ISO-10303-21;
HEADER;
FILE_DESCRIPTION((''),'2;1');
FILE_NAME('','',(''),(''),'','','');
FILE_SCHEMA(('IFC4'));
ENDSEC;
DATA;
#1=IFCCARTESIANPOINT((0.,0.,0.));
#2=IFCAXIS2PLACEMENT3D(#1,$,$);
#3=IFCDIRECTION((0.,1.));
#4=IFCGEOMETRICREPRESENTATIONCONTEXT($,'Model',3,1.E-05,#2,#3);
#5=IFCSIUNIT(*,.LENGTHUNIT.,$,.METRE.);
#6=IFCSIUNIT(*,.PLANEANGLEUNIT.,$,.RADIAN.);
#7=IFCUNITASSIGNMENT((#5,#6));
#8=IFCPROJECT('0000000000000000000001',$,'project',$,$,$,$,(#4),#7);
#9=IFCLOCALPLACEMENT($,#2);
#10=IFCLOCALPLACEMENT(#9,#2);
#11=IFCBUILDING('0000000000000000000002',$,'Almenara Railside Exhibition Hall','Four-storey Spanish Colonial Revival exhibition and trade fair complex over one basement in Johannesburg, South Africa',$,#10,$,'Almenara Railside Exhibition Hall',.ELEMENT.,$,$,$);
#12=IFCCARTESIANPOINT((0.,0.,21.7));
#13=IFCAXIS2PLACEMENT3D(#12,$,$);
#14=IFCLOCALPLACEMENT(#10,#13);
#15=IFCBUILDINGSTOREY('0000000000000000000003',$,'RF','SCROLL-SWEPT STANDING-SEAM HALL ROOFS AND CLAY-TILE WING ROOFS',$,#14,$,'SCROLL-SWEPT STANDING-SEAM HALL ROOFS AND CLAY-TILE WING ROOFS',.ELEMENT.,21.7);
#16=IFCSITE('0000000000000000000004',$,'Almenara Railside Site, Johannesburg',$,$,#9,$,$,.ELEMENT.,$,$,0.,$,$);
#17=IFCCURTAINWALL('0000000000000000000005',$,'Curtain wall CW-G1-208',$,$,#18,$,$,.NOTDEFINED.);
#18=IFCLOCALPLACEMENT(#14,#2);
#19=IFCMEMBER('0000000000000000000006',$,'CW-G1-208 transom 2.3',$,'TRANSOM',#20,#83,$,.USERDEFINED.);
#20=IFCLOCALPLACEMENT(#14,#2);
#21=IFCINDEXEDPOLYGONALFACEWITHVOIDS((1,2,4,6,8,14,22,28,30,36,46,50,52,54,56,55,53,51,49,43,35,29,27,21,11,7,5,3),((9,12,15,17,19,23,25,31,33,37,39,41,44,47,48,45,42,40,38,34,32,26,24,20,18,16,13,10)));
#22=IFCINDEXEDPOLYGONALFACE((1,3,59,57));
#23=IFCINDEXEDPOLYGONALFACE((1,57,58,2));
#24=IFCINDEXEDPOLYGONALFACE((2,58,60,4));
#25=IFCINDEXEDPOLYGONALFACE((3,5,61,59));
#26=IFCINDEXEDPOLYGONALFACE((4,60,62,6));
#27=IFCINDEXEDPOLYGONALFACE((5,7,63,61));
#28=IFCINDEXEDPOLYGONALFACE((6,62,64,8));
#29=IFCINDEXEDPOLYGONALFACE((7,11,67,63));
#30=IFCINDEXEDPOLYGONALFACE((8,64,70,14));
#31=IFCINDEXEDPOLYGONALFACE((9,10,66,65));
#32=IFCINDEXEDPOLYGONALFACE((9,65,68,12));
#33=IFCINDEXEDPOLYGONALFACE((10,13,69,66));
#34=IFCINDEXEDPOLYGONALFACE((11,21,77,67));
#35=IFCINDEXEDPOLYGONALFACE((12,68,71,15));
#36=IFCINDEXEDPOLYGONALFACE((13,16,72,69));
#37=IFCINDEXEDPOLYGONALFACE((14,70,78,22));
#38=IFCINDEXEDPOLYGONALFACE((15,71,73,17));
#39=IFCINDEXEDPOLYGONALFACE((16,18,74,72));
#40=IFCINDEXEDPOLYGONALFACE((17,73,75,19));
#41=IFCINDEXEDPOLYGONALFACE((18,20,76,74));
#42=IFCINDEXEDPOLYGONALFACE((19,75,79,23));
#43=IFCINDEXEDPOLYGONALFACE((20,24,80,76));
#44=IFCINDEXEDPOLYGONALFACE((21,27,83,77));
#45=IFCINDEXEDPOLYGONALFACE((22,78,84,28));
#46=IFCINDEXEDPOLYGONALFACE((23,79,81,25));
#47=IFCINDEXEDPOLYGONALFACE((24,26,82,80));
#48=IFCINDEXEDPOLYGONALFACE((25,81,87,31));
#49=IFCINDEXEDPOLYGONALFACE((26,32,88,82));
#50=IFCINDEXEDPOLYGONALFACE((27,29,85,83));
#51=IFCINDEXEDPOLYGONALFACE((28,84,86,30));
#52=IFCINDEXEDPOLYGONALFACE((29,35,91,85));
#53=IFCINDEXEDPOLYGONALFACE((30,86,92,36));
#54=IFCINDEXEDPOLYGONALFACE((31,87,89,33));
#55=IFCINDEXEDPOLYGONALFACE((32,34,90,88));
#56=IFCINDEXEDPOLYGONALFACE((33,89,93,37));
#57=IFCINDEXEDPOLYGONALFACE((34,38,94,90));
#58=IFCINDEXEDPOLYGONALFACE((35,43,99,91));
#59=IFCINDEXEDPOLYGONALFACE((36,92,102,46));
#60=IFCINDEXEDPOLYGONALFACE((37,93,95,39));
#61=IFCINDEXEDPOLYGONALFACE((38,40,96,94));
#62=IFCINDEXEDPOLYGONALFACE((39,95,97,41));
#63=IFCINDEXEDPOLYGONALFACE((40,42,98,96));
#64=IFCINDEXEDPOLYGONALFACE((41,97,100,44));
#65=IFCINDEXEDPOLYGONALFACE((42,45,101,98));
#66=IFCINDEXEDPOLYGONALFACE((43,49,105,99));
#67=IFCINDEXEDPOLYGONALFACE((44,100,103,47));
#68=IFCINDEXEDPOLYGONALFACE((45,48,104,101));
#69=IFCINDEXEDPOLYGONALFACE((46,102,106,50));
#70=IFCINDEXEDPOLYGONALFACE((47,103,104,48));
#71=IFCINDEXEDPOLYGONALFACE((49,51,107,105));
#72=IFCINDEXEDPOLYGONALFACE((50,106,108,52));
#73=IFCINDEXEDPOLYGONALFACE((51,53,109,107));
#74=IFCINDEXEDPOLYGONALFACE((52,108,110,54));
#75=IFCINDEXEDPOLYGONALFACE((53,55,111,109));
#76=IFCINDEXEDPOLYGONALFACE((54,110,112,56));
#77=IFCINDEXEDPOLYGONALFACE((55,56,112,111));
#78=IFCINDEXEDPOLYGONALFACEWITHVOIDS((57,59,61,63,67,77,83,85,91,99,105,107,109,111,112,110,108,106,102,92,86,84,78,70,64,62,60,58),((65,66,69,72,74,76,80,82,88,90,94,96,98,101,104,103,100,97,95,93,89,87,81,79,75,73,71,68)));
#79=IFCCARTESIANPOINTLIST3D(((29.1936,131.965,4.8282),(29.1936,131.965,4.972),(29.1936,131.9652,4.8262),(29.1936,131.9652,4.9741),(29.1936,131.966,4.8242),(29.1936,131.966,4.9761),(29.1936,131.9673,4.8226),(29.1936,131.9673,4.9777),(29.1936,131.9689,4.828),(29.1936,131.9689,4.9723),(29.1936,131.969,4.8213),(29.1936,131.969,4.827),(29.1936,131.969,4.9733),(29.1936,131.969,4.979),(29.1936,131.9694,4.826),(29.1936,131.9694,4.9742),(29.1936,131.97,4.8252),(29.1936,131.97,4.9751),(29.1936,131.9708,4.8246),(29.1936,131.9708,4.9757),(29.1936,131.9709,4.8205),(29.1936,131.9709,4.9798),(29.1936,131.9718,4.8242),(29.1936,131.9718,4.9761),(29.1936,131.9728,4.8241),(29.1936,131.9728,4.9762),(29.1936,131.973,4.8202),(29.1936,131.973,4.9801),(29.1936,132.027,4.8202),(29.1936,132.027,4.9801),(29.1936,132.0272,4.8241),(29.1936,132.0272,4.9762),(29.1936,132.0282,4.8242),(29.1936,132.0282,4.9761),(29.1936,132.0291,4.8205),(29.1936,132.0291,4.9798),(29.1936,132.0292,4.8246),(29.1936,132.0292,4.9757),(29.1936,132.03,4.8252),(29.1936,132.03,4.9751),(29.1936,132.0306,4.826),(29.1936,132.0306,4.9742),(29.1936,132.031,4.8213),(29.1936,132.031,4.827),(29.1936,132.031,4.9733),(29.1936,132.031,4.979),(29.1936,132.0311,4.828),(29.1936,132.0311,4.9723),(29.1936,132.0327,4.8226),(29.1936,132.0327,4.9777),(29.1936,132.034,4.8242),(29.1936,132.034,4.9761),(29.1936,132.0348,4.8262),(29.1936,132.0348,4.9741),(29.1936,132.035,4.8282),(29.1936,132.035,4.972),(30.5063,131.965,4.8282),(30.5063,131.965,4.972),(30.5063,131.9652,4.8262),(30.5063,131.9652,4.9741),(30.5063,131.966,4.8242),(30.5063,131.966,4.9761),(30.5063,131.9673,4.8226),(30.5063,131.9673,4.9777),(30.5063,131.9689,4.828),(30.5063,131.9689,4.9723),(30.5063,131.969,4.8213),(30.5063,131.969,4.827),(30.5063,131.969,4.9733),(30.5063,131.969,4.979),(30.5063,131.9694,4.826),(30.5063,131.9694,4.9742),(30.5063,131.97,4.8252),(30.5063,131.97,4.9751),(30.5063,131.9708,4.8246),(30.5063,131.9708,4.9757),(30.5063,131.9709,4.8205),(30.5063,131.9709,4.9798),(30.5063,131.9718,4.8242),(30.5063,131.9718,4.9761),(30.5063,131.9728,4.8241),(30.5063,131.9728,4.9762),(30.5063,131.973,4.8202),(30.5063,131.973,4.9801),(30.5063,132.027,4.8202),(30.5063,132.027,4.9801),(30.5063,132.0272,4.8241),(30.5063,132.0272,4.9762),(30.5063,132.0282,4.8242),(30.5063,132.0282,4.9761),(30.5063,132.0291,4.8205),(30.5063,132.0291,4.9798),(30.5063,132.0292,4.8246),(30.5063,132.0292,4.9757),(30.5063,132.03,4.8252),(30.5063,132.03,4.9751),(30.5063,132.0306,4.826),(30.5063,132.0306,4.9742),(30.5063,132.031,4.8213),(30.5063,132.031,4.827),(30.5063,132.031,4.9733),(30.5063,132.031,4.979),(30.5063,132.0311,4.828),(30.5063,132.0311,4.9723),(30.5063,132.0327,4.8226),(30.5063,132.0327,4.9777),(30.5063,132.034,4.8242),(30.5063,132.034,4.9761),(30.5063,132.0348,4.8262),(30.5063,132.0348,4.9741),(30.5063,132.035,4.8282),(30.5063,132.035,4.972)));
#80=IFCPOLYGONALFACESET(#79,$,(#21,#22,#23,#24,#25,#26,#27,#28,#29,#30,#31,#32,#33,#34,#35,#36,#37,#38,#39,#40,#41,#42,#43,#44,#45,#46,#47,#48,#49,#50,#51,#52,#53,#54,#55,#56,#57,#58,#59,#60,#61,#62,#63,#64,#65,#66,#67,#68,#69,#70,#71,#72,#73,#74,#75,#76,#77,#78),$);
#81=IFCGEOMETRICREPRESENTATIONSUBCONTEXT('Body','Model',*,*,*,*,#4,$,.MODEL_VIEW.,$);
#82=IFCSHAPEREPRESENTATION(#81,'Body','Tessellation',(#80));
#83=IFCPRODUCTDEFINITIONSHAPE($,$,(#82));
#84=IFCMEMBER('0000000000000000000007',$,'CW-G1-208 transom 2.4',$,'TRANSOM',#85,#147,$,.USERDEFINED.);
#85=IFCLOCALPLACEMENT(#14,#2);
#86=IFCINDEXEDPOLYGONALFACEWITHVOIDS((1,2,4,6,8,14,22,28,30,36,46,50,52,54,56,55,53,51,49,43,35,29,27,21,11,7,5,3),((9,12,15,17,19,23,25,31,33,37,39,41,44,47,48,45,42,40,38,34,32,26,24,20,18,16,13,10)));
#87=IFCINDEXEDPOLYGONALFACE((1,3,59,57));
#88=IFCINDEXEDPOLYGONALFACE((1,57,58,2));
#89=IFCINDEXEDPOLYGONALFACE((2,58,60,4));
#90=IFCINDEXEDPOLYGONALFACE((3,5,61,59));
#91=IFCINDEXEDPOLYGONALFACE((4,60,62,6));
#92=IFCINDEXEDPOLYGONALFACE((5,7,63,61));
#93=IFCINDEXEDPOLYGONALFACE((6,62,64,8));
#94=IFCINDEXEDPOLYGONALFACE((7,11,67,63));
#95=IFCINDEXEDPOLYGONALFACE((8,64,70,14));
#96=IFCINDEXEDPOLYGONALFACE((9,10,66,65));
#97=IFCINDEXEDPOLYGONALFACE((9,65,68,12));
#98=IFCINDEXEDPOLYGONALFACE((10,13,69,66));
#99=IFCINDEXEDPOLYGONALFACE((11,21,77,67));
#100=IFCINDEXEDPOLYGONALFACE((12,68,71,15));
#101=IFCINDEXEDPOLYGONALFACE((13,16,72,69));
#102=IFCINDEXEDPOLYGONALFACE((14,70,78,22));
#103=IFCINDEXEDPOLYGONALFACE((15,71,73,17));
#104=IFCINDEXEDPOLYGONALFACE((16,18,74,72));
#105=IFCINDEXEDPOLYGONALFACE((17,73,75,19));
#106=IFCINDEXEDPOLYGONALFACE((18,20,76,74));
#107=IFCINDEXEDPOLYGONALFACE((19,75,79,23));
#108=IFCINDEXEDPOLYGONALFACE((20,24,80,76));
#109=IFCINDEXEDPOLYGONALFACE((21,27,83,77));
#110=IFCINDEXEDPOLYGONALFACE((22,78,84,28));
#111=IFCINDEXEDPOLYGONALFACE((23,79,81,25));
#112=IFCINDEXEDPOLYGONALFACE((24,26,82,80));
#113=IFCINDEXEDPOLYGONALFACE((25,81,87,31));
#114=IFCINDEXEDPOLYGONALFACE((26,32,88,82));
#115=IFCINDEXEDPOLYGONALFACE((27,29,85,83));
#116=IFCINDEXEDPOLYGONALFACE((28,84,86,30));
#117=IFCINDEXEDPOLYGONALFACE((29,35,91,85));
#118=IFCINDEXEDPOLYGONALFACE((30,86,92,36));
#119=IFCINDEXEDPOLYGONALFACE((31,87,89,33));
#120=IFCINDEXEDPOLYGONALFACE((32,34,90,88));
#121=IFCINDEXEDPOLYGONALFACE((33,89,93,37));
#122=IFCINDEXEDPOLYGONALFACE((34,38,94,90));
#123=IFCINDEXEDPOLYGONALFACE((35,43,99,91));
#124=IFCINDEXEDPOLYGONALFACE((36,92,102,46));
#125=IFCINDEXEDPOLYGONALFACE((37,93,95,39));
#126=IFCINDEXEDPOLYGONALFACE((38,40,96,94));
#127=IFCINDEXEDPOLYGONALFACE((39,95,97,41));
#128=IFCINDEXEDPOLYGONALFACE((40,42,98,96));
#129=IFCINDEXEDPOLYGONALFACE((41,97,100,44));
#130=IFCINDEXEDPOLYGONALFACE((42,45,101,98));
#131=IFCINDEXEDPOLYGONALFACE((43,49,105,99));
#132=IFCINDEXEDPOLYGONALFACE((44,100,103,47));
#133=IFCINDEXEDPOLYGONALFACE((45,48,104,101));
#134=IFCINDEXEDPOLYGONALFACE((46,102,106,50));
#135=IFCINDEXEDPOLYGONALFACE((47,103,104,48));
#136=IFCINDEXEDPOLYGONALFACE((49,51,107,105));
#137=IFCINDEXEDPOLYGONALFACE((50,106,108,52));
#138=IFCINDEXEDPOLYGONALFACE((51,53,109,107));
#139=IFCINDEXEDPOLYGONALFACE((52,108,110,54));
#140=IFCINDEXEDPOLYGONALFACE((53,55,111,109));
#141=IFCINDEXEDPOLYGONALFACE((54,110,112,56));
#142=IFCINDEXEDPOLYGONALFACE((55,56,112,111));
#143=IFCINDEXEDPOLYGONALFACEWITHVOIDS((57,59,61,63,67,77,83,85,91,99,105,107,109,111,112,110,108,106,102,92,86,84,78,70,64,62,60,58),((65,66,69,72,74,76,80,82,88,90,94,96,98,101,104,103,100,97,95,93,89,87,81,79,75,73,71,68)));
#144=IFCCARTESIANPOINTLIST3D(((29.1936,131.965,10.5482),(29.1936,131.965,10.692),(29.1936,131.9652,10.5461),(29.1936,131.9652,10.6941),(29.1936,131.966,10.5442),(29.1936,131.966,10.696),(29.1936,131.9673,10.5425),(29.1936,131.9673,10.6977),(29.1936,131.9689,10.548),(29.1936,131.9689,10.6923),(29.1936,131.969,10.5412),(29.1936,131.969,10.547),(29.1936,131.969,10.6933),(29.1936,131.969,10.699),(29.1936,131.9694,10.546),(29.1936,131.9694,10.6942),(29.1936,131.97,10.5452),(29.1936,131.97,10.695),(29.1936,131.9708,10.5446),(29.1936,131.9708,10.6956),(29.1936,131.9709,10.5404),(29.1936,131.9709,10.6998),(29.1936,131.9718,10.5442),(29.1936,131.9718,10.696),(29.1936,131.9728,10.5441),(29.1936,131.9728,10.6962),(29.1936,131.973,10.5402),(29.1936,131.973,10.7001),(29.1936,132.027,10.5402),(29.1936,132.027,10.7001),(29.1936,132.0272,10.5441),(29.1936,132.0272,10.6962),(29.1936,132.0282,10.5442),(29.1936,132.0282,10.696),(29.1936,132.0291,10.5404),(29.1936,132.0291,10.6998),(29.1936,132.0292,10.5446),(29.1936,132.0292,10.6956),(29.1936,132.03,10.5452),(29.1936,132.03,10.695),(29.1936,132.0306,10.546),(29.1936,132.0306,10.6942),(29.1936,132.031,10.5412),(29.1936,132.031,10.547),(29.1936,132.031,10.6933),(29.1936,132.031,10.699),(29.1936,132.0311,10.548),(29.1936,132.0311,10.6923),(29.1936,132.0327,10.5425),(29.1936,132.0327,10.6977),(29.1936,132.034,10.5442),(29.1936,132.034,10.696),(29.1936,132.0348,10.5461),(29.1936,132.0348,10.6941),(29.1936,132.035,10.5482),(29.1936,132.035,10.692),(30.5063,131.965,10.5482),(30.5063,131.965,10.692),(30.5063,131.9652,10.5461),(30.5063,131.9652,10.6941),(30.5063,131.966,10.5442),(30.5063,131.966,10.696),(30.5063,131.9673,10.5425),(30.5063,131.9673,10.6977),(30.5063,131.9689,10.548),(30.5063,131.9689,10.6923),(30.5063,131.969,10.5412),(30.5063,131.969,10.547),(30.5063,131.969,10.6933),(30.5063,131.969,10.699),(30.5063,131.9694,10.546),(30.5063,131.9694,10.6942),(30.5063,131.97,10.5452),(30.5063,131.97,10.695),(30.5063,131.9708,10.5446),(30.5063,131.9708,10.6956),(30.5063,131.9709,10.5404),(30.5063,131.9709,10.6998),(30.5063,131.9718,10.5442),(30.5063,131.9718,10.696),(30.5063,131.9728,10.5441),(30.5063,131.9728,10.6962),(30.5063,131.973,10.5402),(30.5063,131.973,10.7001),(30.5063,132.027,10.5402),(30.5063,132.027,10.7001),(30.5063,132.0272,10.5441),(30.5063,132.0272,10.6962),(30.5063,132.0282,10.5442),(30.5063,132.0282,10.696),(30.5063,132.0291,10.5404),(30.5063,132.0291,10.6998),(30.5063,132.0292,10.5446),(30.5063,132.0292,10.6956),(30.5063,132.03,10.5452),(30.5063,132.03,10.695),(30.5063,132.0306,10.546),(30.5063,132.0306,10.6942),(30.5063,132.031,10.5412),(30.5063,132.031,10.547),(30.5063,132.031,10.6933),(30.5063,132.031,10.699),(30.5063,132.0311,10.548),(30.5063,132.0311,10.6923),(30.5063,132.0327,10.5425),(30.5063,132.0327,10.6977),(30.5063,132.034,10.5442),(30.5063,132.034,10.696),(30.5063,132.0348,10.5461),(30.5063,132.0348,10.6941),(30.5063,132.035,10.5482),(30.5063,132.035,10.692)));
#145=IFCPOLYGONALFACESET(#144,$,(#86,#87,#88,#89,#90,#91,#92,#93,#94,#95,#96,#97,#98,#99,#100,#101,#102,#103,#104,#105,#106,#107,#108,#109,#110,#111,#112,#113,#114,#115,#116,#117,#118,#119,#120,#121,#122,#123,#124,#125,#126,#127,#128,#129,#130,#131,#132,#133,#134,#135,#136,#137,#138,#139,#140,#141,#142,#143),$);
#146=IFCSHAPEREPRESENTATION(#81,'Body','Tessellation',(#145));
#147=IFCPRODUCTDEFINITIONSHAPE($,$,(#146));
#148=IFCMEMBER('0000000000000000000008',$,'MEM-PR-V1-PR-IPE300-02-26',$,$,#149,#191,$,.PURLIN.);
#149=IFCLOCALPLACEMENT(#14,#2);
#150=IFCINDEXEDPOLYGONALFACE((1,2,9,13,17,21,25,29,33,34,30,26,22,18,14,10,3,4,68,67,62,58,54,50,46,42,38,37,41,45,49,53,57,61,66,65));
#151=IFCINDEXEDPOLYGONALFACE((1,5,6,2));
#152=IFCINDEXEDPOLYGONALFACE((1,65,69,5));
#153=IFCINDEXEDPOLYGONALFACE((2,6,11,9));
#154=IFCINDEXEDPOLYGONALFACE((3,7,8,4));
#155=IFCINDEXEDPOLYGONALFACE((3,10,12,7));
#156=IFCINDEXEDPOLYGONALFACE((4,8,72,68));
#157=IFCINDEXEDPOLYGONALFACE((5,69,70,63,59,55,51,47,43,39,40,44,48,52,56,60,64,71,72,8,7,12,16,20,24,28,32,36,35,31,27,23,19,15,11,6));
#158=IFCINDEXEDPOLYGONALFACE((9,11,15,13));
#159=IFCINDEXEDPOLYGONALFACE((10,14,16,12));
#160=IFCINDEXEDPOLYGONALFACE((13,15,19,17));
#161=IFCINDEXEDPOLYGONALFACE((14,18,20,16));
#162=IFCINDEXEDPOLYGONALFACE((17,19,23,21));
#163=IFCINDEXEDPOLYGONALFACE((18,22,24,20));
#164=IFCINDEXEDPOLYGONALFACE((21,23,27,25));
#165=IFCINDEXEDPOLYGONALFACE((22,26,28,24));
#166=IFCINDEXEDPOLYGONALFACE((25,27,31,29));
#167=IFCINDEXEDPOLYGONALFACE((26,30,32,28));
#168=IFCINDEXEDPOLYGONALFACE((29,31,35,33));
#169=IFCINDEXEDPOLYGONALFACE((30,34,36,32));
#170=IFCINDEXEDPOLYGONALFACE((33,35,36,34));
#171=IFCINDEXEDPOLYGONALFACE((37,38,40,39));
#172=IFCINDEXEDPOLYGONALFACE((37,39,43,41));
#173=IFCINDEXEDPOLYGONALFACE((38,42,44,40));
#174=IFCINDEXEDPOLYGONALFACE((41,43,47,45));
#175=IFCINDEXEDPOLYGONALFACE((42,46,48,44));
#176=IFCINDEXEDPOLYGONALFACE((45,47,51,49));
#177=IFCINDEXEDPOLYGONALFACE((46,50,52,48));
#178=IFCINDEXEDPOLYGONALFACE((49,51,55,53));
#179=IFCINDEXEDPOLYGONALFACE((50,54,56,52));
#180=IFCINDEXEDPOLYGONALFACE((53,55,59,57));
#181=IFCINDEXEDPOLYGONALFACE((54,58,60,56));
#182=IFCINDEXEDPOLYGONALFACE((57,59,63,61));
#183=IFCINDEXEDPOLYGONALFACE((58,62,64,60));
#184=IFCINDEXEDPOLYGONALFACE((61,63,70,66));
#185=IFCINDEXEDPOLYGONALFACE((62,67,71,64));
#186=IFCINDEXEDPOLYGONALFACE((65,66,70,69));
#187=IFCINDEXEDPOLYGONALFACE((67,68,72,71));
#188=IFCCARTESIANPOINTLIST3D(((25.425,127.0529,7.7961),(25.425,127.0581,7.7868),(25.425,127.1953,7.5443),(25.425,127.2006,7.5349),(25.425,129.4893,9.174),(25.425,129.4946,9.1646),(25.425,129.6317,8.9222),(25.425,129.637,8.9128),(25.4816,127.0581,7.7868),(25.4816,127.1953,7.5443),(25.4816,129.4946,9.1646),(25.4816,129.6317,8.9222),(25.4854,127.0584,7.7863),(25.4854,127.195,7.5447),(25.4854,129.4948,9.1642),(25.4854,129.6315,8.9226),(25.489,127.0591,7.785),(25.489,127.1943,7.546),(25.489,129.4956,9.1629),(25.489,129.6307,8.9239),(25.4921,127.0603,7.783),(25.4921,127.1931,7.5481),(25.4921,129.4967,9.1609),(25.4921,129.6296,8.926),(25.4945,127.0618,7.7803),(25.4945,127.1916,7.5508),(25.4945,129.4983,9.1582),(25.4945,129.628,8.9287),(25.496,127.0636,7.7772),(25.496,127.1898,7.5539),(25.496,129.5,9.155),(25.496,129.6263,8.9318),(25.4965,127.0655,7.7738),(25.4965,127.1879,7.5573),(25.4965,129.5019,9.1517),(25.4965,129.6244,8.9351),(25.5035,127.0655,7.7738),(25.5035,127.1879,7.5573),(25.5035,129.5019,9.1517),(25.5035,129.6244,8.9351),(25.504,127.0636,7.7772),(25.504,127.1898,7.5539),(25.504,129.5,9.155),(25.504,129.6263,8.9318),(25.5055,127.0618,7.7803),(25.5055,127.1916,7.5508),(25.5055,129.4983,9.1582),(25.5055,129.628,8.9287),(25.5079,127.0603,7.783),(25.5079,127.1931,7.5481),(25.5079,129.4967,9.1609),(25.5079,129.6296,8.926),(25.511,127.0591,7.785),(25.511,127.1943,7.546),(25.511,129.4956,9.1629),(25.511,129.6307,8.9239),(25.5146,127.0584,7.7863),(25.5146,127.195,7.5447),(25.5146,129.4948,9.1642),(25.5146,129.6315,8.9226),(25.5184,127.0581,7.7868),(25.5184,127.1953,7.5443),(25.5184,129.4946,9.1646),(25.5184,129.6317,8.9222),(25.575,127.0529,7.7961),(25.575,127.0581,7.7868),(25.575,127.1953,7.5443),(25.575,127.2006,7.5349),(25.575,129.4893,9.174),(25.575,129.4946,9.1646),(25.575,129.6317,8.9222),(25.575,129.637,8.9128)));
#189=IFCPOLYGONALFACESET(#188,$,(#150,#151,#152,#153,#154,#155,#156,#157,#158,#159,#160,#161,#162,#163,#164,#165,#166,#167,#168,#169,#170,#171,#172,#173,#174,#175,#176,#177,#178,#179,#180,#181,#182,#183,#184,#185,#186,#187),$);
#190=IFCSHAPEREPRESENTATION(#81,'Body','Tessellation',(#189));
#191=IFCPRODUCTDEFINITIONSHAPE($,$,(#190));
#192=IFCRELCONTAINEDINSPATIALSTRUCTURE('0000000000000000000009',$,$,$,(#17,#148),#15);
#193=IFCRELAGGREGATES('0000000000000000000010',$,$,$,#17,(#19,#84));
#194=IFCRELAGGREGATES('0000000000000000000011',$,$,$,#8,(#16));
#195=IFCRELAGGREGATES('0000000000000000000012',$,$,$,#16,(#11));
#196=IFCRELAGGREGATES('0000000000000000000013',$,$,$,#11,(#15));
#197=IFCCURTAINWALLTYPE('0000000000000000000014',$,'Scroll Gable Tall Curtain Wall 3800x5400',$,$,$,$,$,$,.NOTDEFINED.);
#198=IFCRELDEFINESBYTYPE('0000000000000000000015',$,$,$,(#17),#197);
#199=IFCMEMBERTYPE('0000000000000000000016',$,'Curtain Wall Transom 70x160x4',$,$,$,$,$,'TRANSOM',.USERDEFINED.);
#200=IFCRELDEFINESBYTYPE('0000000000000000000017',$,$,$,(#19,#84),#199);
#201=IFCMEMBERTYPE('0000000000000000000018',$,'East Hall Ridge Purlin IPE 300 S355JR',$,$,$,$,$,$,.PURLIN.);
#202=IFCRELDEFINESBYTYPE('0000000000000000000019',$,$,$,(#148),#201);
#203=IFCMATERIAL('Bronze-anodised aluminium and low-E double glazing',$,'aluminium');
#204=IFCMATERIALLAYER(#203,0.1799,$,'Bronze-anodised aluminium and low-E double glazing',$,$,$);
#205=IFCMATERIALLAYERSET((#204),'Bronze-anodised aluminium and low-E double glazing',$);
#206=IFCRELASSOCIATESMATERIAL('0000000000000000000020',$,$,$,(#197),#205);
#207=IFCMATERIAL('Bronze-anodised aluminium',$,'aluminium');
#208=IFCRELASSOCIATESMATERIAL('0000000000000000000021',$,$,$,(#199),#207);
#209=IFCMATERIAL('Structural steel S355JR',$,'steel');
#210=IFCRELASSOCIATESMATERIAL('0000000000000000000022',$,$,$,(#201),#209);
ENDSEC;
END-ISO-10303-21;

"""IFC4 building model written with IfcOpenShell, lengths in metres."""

from ifc_helpers import new_model, si_unit, direction, frame, origin, origin_2d, place, context, subcontext, project, spatial, hollow_rectangle, i_section, extrude, material, layer, layer_set, material_profile, profile_set, type_object, element, aggregate, save


model = new_model("IFC4")

# Units and contexts
model_context = context("Model", 3, precision=1e-05, world=origin(), true_north=direction((0.0, 1.0)))
body_context = subcontext(model_context, "Body", "Model", "MODEL_VIEW")
ifc_project = project(units=[si_unit("LENGTHUNIT", "METRE"), si_unit("PLANEANGLEUNIT", "RADIAN")], contexts=[model_context])

# Site, building, storey
site_placement = place(None, origin())
site = spatial("IfcSite", under=ifc_project, at=site_placement, Name="Almenara Railside Site, Johannesburg", CompositionType="ELEMENT", RefElevation=0.0)
building_placement = place(site_placement, origin())
building = spatial("IfcBuilding", under=site, at=building_placement, Name="Almenara Railside Exhibition Hall", Description="Four-storey Spanish Colonial Revival exhibition and trade fair complex over one basement in Johannesburg, South Africa", LongName="Almenara Railside Exhibition Hall", CompositionType="ELEMENT")
storey_placement = place(building_placement, frame((0.0, 0.0, 21.7)))
storey = spatial("IfcBuildingStorey", under=building, at=storey_placement, Name="RF", Description="SCROLL-SWEPT STANDING-SEAM HALL ROOFS AND CLAY-TILE WING ROOFS", LongName="SCROLL-SWEPT STANDING-SEAM HALL ROOFS AND CLAY-TILE WING ROOFS", CompositionType="ELEMENT", Elevation=21.7)

# Shared definitions
ifc_material_1 = material(Name="Structural steel S355JR", Category="steel")

# Shared definitions
ifc_material_2 = material(Name="Bronze-anodised aluminium and low-E double glazing", Category="aluminium")
ifc_layer_1 = layer(ifc_material_2, 0.1799, Name="Bronze-anodised aluminium and low-E double glazing")
ifc_layer_set_1 = layer_set([ifc_layer_1], Name="Bronze-anodised aluminium and low-E double glazing")
curtain_wall_type = type_object("IfcCurtainWallType", Name="Scroll Gable Tall Curtain Wall 3800x5400", PredefinedType="NOTDEFINED", material=ifc_layer_set_1)
ifc_material_3 = material(Name="Bronze-anodised aluminium", Category="aluminium")

# Curtain wall, members
curtain_wall_1_placement = place(storey_placement, origin())
curtain_wall_1 = element("IfcCurtainWall", 1, at=curtain_wall_1_placement, inside=storey, type_object=curtain_wall_type, Name="Curtain wall CW-G1-208", PredefinedType="NOTDEFINED")
ifc_material_profile_1 = material_profile(ifc_material_3, hollow_rectangle(XDim=0.0701, YDim=0.1599, WallThickness=0.0039, InnerFilletRadius=0.0039, OuterFilletRadius=0.0081, at=origin_2d()), Name="ALU-TRN 70x160x4")
ifc_profile_set_1 = profile_set([ifc_material_profile_1], Name="Bronze-anodised aluminium")
member_type_1 = type_object("IfcMemberType", Name="Curtain Wall Transom 70x160x4", ElementType="TRANSOM", PredefinedType="USERDEFINED", material=ifc_profile_set_1)
member_1_placement = place(storey_placement, frame((29.1936, 132.0, 4.9001), z_axis=(1.0, 0.0, 0.0), x_axis=(0.0, 1.0, 0.0)))
member_1 = element("IfcMember", 2, at=member_1_placement, type_object=member_type_1, Name="CW-G1-208 transom 2.3", ObjectType="TRANSOM", PredefinedType="USERDEFINED", context=body_context, shape_type="SweptSolid", body=[
    extrude(hollow_rectangle(XDim=0.0701, YDim=0.1599, WallThickness=0.0039, InnerFilletRadius=0.0039, OuterFilletRadius=0.0081, at=origin_2d()), origin(), (0.0, 0.0, 1.0), 1.3127),
])
member_2_placement = place(storey_placement, frame((29.1936, 132.0, 10.6201), z_axis=(1.0, 0.0, 0.0), x_axis=(0.0, 1.0, 0.0)))
member_2 = element("IfcMember", 3, at=member_2_placement, type_object=member_type_1, Name="CW-G1-208 transom 2.4", ObjectType="TRANSOM", PredefinedType="USERDEFINED", context=body_context, shape_type="SweptSolid", body=[
    extrude(hollow_rectangle(XDim=0.0701, YDim=0.1599, WallThickness=0.0039, InnerFilletRadius=0.0039, OuterFilletRadius=0.0081, at=origin_2d()), origin(), (0.0, 0.0, 1.0), 1.3127),
])

# Member
ifc_material_profile_2 = material_profile(ifc_material_1, i_section(OverallWidth=0.1499, OverallDepth=0.3, WebThickness=0.0071, FlangeThickness=0.0107, FilletRadius=0.0149, at=origin_2d()), Name="IPE 300")
ifc_profile_set_2 = profile_set([ifc_material_profile_2], Name="Structural steel S355JR")
member_type_2 = type_object("IfcMemberType", Name="East Hall Ridge Purlin IPE 300 S355JR", PredefinedType="PURLIN", material=ifc_profile_set_2)
member_3_placement = place(storey_placement, frame((25.5, 127.1267, 7.6655), z_axis=(0.0, 0.870446, 0.492264), x_axis=(-1.0, 0.0, 0.0)))
element("IfcMember", 4, at=member_3_placement, inside=storey, type_object=member_type_2, Name="MEM-PR-V1-PR-IPE300-02-26", PredefinedType="PURLIN", context=body_context, shape_type="SweptSolid", body=[
    extrude(i_section(OverallWidth=0.1499, OverallDepth=0.3, WebThickness=0.0071, FlangeThickness=0.0107, FilletRadius=0.0149, at=origin_2d()), origin(), (0.0, 0.0, 1.0), 2.7991),
])

aggregate(curtain_wall_1, [member_1, member_2])

save(model, "model.ifc")
